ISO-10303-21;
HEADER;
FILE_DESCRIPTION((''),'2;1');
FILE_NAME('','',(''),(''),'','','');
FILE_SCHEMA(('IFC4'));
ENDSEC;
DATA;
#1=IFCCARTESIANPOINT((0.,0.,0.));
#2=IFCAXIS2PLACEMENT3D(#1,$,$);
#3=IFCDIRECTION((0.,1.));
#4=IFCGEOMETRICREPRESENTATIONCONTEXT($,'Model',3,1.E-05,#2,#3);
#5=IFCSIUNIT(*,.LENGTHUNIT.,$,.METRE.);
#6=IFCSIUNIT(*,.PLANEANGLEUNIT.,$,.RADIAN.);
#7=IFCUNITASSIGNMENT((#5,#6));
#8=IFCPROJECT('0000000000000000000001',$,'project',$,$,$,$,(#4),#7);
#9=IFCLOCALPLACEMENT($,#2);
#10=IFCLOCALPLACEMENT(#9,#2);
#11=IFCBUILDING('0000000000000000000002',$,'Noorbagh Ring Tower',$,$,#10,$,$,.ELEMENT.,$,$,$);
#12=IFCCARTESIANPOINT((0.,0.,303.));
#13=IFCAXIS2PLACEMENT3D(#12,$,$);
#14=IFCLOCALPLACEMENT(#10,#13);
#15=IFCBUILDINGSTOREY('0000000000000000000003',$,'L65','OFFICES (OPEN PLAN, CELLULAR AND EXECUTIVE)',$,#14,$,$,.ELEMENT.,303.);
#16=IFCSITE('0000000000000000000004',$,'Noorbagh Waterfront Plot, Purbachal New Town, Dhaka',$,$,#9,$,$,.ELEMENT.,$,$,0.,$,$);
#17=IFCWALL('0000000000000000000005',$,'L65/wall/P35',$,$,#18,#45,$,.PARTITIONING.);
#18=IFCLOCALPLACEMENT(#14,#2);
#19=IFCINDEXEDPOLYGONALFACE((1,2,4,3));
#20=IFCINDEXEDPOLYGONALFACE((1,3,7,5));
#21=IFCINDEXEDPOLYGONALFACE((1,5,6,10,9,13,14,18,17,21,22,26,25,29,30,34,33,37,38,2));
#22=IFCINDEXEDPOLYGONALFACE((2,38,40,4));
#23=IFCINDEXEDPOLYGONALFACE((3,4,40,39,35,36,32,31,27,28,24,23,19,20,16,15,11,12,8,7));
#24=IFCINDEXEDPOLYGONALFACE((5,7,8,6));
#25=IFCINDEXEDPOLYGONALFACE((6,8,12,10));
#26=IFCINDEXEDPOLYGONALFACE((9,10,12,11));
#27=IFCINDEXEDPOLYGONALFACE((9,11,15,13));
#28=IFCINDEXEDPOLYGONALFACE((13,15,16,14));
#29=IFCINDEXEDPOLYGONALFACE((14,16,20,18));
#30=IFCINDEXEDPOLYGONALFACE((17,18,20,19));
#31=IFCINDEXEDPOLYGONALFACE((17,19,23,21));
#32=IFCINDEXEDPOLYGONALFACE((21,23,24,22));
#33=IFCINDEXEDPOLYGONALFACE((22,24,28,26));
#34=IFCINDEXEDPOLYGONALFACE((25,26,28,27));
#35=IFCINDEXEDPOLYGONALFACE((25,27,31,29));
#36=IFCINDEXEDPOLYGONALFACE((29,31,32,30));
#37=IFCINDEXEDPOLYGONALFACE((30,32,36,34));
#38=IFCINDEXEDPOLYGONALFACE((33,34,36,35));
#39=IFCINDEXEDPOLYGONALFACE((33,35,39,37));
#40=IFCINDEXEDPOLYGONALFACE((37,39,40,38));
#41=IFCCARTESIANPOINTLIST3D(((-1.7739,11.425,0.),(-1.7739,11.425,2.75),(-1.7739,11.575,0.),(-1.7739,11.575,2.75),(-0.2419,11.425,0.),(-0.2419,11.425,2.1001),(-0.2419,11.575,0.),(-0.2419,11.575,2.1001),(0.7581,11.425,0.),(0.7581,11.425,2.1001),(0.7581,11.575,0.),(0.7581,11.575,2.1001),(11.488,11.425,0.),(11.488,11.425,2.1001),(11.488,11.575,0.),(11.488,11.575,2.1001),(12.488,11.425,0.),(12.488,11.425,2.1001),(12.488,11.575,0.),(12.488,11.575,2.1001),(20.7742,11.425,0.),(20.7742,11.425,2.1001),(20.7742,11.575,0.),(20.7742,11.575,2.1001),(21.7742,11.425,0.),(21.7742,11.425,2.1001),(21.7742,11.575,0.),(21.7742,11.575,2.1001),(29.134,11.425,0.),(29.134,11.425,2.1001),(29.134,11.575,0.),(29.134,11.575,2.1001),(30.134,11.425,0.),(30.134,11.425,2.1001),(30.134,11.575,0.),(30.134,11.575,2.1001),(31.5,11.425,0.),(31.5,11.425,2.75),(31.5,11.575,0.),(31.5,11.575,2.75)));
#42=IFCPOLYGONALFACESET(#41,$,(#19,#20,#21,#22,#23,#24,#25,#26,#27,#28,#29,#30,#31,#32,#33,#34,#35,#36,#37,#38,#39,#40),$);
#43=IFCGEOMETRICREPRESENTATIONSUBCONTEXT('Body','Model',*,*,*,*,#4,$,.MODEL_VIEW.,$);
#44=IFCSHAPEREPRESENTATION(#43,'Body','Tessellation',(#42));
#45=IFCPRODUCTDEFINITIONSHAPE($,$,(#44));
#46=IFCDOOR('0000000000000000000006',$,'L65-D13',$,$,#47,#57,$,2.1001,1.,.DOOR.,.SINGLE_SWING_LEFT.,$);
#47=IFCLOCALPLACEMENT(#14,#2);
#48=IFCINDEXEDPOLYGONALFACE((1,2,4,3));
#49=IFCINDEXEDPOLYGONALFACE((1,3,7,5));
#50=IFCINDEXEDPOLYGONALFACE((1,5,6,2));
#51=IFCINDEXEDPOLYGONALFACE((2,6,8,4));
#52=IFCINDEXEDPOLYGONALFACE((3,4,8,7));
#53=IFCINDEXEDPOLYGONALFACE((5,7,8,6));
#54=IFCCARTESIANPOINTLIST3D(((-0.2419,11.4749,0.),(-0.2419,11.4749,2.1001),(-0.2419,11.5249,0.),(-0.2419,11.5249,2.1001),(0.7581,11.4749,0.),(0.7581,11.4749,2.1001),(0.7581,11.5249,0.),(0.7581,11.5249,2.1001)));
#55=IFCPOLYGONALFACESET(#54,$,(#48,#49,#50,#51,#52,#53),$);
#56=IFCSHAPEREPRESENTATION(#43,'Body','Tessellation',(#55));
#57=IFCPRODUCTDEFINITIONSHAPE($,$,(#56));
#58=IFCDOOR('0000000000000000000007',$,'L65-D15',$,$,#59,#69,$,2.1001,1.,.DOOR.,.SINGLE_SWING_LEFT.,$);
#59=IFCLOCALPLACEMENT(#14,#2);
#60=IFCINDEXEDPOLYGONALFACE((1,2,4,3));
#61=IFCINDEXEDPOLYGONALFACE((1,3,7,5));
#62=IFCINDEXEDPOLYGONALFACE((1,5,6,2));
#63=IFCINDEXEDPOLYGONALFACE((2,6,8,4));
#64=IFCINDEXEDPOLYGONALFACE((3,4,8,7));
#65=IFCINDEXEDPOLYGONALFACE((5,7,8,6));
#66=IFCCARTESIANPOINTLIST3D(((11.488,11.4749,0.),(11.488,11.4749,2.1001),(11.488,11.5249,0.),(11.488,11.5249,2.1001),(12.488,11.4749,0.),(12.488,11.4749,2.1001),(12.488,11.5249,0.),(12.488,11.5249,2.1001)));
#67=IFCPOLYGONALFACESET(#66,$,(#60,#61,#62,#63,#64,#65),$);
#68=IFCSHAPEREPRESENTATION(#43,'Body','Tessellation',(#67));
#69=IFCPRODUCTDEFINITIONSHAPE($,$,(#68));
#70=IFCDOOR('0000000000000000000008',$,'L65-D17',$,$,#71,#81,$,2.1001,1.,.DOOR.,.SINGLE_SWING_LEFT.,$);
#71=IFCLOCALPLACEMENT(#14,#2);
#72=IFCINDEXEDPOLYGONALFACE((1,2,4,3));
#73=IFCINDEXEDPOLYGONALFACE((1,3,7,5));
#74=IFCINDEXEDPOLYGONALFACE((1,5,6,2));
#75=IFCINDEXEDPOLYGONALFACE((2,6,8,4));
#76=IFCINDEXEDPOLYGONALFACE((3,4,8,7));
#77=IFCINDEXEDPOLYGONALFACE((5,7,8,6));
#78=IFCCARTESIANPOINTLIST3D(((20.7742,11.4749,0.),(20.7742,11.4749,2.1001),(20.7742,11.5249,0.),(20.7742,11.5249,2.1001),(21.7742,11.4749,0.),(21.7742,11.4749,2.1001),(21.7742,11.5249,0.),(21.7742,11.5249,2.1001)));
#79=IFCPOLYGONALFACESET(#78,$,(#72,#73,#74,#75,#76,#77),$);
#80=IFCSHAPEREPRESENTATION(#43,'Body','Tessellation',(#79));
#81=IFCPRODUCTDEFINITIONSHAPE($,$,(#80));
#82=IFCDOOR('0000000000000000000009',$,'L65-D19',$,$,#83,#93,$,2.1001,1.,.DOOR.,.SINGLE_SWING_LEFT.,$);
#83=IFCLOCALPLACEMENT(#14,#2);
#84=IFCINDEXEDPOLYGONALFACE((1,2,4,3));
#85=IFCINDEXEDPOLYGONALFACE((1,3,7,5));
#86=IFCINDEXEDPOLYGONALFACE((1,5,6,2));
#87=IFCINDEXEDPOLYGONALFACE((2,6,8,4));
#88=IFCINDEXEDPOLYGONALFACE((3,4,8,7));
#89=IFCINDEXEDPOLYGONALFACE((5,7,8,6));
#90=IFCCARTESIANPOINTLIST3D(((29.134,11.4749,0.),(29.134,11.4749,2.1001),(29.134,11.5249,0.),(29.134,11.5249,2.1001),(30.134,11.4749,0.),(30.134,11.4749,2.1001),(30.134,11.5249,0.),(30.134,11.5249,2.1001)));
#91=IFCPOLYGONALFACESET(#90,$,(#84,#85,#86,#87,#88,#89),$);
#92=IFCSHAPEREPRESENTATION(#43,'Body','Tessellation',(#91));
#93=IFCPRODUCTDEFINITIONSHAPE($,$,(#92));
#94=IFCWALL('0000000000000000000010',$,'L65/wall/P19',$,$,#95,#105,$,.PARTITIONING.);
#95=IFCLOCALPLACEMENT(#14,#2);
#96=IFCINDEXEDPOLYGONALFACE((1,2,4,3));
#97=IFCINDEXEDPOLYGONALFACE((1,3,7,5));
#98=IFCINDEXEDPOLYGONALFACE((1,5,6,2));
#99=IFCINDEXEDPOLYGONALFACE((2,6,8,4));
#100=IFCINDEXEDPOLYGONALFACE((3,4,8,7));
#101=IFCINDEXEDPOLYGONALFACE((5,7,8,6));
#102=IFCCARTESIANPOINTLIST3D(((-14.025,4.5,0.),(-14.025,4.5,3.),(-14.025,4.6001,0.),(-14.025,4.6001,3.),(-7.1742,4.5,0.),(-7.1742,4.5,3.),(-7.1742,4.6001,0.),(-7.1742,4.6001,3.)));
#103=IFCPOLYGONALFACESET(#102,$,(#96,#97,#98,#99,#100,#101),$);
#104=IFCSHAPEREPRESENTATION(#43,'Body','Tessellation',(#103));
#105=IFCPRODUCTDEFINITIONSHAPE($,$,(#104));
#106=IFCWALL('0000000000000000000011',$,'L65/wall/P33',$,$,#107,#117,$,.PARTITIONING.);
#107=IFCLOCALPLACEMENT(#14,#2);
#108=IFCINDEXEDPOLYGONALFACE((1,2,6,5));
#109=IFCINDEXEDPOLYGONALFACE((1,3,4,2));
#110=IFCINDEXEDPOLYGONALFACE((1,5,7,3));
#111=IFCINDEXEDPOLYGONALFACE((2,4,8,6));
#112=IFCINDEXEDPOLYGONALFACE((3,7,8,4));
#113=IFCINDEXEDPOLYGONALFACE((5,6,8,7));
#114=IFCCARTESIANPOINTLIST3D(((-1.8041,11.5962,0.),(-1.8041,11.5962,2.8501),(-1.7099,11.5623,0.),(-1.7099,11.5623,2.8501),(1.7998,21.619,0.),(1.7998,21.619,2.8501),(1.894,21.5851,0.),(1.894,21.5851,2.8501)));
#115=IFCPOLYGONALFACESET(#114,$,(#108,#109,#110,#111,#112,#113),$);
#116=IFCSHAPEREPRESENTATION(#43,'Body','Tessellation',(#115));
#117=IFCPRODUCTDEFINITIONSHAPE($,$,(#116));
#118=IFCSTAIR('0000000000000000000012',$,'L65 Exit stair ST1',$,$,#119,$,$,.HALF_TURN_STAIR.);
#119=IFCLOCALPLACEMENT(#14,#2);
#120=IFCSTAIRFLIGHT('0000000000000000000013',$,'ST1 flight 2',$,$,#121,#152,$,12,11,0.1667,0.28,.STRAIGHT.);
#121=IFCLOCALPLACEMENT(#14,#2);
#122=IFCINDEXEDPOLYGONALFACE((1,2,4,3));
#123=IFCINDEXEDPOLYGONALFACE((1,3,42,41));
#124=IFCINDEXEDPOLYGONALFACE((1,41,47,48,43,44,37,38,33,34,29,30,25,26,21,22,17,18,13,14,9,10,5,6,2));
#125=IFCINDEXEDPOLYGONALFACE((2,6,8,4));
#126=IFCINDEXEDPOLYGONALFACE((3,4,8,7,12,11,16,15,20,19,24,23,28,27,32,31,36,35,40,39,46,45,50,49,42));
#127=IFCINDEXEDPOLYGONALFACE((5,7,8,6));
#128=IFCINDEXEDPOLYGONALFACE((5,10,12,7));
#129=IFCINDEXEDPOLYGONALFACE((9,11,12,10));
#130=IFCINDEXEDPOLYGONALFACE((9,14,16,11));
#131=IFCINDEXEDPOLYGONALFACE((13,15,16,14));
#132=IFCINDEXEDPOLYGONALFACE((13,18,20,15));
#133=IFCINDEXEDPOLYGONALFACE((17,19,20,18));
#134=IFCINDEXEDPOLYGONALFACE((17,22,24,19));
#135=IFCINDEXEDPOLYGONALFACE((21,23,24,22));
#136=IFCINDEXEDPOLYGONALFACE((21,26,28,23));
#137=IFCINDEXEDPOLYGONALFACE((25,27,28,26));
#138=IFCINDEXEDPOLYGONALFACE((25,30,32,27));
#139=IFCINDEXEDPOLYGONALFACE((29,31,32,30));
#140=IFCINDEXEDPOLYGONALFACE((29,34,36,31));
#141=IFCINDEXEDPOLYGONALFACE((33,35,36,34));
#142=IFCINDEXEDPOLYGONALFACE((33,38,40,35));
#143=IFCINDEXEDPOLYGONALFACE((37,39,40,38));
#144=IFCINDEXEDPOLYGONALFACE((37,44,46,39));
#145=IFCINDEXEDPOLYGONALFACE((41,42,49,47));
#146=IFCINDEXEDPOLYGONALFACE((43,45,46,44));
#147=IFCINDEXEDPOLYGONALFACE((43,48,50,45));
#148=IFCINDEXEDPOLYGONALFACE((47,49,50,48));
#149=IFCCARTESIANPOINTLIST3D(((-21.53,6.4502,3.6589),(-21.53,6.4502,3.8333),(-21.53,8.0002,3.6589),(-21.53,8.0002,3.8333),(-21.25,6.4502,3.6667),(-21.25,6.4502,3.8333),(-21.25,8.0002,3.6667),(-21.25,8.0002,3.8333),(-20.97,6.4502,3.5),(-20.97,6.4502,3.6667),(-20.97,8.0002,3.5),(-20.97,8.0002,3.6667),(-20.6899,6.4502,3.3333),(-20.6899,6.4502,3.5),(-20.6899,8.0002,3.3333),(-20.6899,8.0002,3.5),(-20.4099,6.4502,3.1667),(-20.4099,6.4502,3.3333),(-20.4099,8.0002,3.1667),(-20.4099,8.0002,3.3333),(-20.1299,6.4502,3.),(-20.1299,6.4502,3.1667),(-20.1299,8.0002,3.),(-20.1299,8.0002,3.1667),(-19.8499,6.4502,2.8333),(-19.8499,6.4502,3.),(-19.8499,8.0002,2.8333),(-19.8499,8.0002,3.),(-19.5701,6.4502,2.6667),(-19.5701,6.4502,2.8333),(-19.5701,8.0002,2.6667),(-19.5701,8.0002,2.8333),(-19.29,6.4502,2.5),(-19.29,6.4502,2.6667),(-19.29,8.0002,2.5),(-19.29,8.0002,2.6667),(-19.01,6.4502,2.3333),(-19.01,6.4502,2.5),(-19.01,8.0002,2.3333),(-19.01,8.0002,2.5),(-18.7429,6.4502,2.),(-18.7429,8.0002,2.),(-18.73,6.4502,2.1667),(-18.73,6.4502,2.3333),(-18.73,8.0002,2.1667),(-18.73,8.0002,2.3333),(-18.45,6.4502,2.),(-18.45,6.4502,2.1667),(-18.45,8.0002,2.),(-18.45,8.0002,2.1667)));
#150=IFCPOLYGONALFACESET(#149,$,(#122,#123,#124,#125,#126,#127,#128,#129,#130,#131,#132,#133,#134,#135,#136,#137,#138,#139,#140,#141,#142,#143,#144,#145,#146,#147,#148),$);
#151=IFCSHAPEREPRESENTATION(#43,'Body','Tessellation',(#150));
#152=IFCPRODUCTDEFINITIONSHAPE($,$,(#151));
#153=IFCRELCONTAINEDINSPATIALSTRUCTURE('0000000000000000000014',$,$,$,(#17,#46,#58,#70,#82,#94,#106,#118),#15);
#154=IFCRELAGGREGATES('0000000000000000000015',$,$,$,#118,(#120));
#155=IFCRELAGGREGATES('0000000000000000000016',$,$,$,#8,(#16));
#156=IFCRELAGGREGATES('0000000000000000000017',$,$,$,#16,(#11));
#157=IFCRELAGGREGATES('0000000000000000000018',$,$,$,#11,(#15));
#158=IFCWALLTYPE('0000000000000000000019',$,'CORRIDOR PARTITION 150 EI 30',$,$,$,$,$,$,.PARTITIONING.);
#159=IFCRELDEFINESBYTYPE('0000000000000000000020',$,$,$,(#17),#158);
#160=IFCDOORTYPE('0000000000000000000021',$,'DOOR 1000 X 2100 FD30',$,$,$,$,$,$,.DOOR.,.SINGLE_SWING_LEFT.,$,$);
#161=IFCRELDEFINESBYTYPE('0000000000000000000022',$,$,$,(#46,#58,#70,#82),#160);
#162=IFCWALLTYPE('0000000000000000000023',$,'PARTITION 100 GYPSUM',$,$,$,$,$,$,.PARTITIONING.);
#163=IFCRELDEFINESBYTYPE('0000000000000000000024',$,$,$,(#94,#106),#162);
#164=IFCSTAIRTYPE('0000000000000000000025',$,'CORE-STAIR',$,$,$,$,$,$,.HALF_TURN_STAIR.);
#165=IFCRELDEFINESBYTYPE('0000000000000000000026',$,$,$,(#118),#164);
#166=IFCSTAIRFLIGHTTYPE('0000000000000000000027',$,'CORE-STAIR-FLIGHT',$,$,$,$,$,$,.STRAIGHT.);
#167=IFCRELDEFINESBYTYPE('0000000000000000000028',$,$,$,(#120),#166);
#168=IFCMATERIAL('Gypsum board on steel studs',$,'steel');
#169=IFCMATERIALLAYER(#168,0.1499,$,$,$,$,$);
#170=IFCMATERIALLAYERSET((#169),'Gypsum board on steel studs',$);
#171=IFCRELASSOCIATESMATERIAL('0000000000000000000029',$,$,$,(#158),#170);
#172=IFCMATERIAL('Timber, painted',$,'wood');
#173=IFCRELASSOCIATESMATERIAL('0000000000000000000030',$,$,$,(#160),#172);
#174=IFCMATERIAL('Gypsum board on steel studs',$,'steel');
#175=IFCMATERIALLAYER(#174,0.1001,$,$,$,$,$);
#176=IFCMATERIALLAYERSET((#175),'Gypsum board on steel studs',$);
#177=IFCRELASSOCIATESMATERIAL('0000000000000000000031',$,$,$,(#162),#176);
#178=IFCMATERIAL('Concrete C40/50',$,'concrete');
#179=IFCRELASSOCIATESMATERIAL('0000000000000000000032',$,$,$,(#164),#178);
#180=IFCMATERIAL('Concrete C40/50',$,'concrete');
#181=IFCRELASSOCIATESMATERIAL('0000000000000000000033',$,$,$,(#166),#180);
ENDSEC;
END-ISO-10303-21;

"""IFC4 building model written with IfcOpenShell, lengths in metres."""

from ifc_helpers import new_model, si_unit, direction, frame, frame_2d, origin, place, context, subcontext, project, spatial, polyline, rectangle, outline, extrude, material, layer, layer_set, type_object, element, fill, aggregate, save


model = new_model("IFC4")

# Units and contexts
model_context = context("Model", 3, precision=1e-05, world=origin(), true_north=direction((0.0, 1.0)))
body_context = subcontext(model_context, "Body", "Model", "MODEL_VIEW")
ifc_project = project(units=[si_unit("LENGTHUNIT", "METRE"), si_unit("PLANEANGLEUNIT", "RADIAN")], contexts=[model_context])

# Site, building, storey
site_placement = place(None, origin())
site = spatial("IfcSite", under=ifc_project, at=site_placement, Name="Noorbagh Waterfront Plot, Purbachal New Town, Dhaka", CompositionType="ELEMENT", RefElevation=0.0)
building_placement = place(site_placement, origin())
building = spatial("IfcBuilding", under=site, at=building_placement, Name="Noorbagh Ring Tower", CompositionType="ELEMENT")
storey_placement = place(building_placement, frame((0.0, 0.0, 303.0)))
storey = spatial("IfcBuildingStorey", under=building, at=storey_placement, Name="L65", Description="OFFICES (OPEN PLAN, CELLULAR AND EXECUTIVE)", CompositionType="ELEMENT", Elevation=303.0)

# Shared definitions
ifc_material_1 = material(Name="Gypsum board on steel studs", Category="steel")
ifc_layer_1 = layer(ifc_material_1, 0.1499)
ifc_layer_set_1 = layer_set([ifc_layer_1], Name="Gypsum board on steel studs")
wall_type_1 = type_object("IfcWallType", Name="CORRIDOR PARTITION 150 EI 30", PredefinedType="PARTITIONING", material=ifc_layer_set_1)
ifc_material_2 = material(Name="Timber, painted", Category="wood")
door_type_1 = type_object("IfcDoorType", Name="DOOR 1000 X 2100 FD30", OperationType="SINGLE_SWING_LEFT", PredefinedType="DOOR", material=ifc_material_2)

# Wall, openings, doors
wall_1_placement = place(storey_placement, frame((-1.7739, 11.5, 0.0), z_axis=(0.0, 0.0, 1.0), x_axis=(1.0, 0.0, 0.0)))
wall_1 = element("IfcWall", 1, at=wall_1_placement, inside=storey, type_object=wall_type_1, Name="L65/wall/P35", PredefinedType="PARTITIONING", context=body_context, shape_type="SweptSolid", body=[
    extrude(rectangle(XDim=33.2739, YDim=0.1499, at=frame_2d((16.637, 0.0))), origin(), (0.0, 0.0, 1.0), 2.75),
])
opening_1_placement = place(wall_1_placement, frame((1.532, 0.0, 0.0)))
opening_1 = element("IfcOpeningElement", 2, at=opening_1_placement, cuts=wall_1, PredefinedType="OPENING", context=body_context, shape_type="SweptSolid", body=[
    extrude(rectangle(XDim=1.0, YDim=2.1001, at=frame_2d((0.5, 1.05))), frame((0.0, 0.085, 0.0), z_axis=(0.0, -1.0, 0.0), x_axis=(1.0, 0.0, 0.0)), (0.0, 0.0, 1.0), 0.1699),
])
opening_2_placement = place(wall_1_placement, frame((13.262, 0.0, 0.0)))
opening_2 = element("IfcOpeningElement", 3, at=opening_2_placement, cuts=wall_1, PredefinedType="OPENING", context=body_context, shape_type="SweptSolid", body=[
    extrude(rectangle(XDim=1.0, YDim=2.1001, at=frame_2d((0.5, 1.05))), frame((0.0, 0.085, 0.0), z_axis=(0.0, -1.0, 0.0), x_axis=(1.0, 0.0, 0.0)), (0.0, 0.0, 1.0), 0.1699),
])
opening_3_placement = place(wall_1_placement, frame((22.5481, 0.0, 0.0)))
opening_3 = element("IfcOpeningElement", 4, at=opening_3_placement, cuts=wall_1, PredefinedType="OPENING", context=body_context, shape_type="SweptSolid", body=[
    extrude(rectangle(XDim=1.0, YDim=2.1001, at=frame_2d((0.5, 1.05))), frame((0.0, 0.085, 0.0), z_axis=(0.0, -1.0, 0.0), x_axis=(1.0, 0.0, 0.0)), (0.0, 0.0, 1.0), 0.1699),
])
opening_4_placement = place(wall_1_placement, frame((30.908, 0.0, 0.0)))
opening_4 = element("IfcOpeningElement", 5, at=opening_4_placement, cuts=wall_1, PredefinedType="OPENING", context=body_context, shape_type="SweptSolid", body=[
    extrude(rectangle(XDim=1.0, YDim=2.1001, at=frame_2d((0.5, 1.05))), frame((0.0, 0.085, 0.0), z_axis=(0.0, -1.0, 0.0), x_axis=(1.0, 0.0, 0.0)), (0.0, 0.0, 1.0), 0.1699),
])
door_1_placement = place(opening_1_placement, origin())
door_1 = element("IfcDoor", 6, at=door_1_placement, inside=storey, type_object=door_type_1, Name="L65-D13", OperationType="SINGLE_SWING_LEFT", OverallHeight=2.1001, OverallWidth=1.0, PredefinedType="DOOR", context=body_context, shape_type="SweptSolid", body=[
    extrude(rectangle(XDim=1.0, YDim=2.1001, at=frame_2d((0.5, 1.05))), frame((0.0, 0.0249, 0.0), z_axis=(0.0, -1.0, 0.0), x_axis=(1.0, 0.0, 0.0)), (0.0, 0.0, 1.0), 0.05),
])
fill(opening_1, door_1)
door_2_placement = place(opening_2_placement, origin())
door_2 = element("IfcDoor", 7, at=door_2_placement, inside=storey, type_object=door_type_1, Name="L65-D15", OperationType="SINGLE_SWING_LEFT", OverallHeight=2.1001, OverallWidth=1.0, PredefinedType="DOOR", context=body_context, shape_type="SweptSolid", body=[
    extrude(rectangle(XDim=1.0, YDim=2.1001, at=frame_2d((0.5, 1.05))), frame((0.0, 0.0249, 0.0), z_axis=(0.0, -1.0, 0.0), x_axis=(1.0, 0.0, 0.0)), (0.0, 0.0, 1.0), 0.05),
])
fill(opening_2, door_2)
door_3_placement = place(opening_3_placement, origin())
door_3 = element("IfcDoor", 8, at=door_3_placement, inside=storey, type_object=door_type_1, Name="L65-D17", OperationType="SINGLE_SWING_LEFT", OverallHeight=2.1001, OverallWidth=1.0, PredefinedType="DOOR", context=body_context, shape_type="SweptSolid", body=[
    extrude(rectangle(XDim=1.0, YDim=2.1001, at=frame_2d((0.5, 1.05))), frame((0.0, 0.0249, 0.0), z_axis=(0.0, -1.0, 0.0), x_axis=(1.0, 0.0, 0.0)), (0.0, 0.0, 1.0), 0.05),
])
fill(opening_3, door_3)
door_4_placement = place(opening_4_placement, origin())
door_4 = element("IfcDoor", 9, at=door_4_placement, inside=storey, type_object=door_type_1, Name="L65-D19", OperationType="SINGLE_SWING_LEFT", OverallHeight=2.1001, OverallWidth=1.0, PredefinedType="DOOR", context=body_context, shape_type="SweptSolid", body=[
    extrude(rectangle(XDim=1.0, YDim=2.1001, at=frame_2d((0.5, 1.05))), frame((0.0, 0.0249, 0.0), z_axis=(0.0, -1.0, 0.0), x_axis=(1.0, 0.0, 0.0)), (0.0, 0.0, 1.0), 0.05),
])
fill(opening_4, door_4)

# Walls
ifc_material_3 = material(Name="Gypsum board on steel studs", Category="steel")
ifc_layer_2 = layer(ifc_material_3, 0.1001)
ifc_layer_set_2 = layer_set([ifc_layer_2], Name="Gypsum board on steel studs")
wall_type_2 = type_object("IfcWallType", Name="PARTITION 100 GYPSUM", PredefinedType="PARTITIONING", material=ifc_layer_set_2)
wall_2_placement = place(storey_placement, frame((-14.0249, 4.55, 0.0), z_axis=(0.0, 0.0, 1.0), x_axis=(1.0, 0.0, 0.0)))
element("IfcWall", 10, at=wall_2_placement, inside=storey, type_object=wall_type_2, Name="L65/wall/P19", PredefinedType="PARTITIONING", context=body_context, shape_type="SweptSolid", body=[
    extrude(rectangle(XDim=6.8508, YDim=0.1001, at=frame_2d((3.4253, 0.0))), origin(), (0.0, 0.0, 1.0), 3.0),
])
wall_3_placement = place(storey_placement, frame((-1.7571, 11.5791, 0.0), z_axis=(0.0, 0.0, 1.0), x_axis=(0.338366, 0.941015, 0.0)))
element("IfcWall", 11, at=wall_3_placement, inside=storey, type_object=wall_type_2, Name="L65/wall/P33", PredefinedType="PARTITIONING", context=body_context, shape_type="SweptSolid", body=[
    extrude(rectangle(XDim=10.6511, YDim=0.1001, at=frame_2d((5.3257, 0.0))), origin(), (0.0, 0.0, 1.0), 2.8501),
])

# Stair, stair flight
ifc_material_4 = material(Name="Concrete C40/50", Category="concrete")
stair_type = type_object("IfcStairType", Name="CORE-STAIR", PredefinedType="HALF_TURN_STAIR", material=ifc_material_4)
stair_placement = place(storey_placement, origin())
stair = element("IfcStair", 12, at=stair_placement, inside=storey, type_object=stair_type, Name="L65 Exit stair ST1", PredefinedType="HALF_TURN_STAIR")
ifc_material_5 = material(Name="Concrete C40/50", Category="concrete")
stair_flight_type = type_object("IfcStairFlightType", Name="CORE-STAIR-FLIGHT", PredefinedType="STRAIGHT", material=ifc_material_5)
stair_flight_placement = place(storey_placement, frame((-18.45, 7.2251, 2.0), z_axis=(0.0, 0.0, 1.0), x_axis=(-1.0, 0.0, 0.0)))
stair_flight = element("IfcStairFlight", 13, at=stair_flight_placement, type_object=stair_flight_type, Name="ST1 flight 2", NumberOfRisers=12, NumberOfTreads=11, PredefinedType="STRAIGHT", RiserHeight=0.1667, TreadLength=0.28, context=body_context, shape_type="SweptSolid", body=[
    extrude(outline(polyline([(0.0, 0.0), (0.0, 0.1667), (0.28, 0.1667), (0.28, 0.3333), (0.5601, 0.3333), (0.5601, 0.5), (0.8401, 0.5), (0.8401, 0.6667), (1.1201, 0.6667), (1.1201, 0.8333), (1.3999, 0.8333), (1.3999, 1.0), (1.6799, 1.0), (1.6799, 1.1667), (1.96, 1.1667), (1.96, 1.3333), (2.24, 1.3333), (2.24, 1.5), (2.52, 1.5), (2.52, 1.6667), (2.8, 1.6667), (2.8, 1.8333), (3.0801, 1.8333), (3.0801, 2.0), (3.0801, 1.6589), (0.293, 0.0), (0.0, 0.0)])), frame((0.0, 0.7749, 0.0), z_axis=(0.0, -1.0, 0.0), x_axis=(1.0, 0.0, 0.0)), (0.0, 0.0, 1.0), 1.55),
])
aggregate(stair, [stair_flight])

save(model, "model.ifc")
